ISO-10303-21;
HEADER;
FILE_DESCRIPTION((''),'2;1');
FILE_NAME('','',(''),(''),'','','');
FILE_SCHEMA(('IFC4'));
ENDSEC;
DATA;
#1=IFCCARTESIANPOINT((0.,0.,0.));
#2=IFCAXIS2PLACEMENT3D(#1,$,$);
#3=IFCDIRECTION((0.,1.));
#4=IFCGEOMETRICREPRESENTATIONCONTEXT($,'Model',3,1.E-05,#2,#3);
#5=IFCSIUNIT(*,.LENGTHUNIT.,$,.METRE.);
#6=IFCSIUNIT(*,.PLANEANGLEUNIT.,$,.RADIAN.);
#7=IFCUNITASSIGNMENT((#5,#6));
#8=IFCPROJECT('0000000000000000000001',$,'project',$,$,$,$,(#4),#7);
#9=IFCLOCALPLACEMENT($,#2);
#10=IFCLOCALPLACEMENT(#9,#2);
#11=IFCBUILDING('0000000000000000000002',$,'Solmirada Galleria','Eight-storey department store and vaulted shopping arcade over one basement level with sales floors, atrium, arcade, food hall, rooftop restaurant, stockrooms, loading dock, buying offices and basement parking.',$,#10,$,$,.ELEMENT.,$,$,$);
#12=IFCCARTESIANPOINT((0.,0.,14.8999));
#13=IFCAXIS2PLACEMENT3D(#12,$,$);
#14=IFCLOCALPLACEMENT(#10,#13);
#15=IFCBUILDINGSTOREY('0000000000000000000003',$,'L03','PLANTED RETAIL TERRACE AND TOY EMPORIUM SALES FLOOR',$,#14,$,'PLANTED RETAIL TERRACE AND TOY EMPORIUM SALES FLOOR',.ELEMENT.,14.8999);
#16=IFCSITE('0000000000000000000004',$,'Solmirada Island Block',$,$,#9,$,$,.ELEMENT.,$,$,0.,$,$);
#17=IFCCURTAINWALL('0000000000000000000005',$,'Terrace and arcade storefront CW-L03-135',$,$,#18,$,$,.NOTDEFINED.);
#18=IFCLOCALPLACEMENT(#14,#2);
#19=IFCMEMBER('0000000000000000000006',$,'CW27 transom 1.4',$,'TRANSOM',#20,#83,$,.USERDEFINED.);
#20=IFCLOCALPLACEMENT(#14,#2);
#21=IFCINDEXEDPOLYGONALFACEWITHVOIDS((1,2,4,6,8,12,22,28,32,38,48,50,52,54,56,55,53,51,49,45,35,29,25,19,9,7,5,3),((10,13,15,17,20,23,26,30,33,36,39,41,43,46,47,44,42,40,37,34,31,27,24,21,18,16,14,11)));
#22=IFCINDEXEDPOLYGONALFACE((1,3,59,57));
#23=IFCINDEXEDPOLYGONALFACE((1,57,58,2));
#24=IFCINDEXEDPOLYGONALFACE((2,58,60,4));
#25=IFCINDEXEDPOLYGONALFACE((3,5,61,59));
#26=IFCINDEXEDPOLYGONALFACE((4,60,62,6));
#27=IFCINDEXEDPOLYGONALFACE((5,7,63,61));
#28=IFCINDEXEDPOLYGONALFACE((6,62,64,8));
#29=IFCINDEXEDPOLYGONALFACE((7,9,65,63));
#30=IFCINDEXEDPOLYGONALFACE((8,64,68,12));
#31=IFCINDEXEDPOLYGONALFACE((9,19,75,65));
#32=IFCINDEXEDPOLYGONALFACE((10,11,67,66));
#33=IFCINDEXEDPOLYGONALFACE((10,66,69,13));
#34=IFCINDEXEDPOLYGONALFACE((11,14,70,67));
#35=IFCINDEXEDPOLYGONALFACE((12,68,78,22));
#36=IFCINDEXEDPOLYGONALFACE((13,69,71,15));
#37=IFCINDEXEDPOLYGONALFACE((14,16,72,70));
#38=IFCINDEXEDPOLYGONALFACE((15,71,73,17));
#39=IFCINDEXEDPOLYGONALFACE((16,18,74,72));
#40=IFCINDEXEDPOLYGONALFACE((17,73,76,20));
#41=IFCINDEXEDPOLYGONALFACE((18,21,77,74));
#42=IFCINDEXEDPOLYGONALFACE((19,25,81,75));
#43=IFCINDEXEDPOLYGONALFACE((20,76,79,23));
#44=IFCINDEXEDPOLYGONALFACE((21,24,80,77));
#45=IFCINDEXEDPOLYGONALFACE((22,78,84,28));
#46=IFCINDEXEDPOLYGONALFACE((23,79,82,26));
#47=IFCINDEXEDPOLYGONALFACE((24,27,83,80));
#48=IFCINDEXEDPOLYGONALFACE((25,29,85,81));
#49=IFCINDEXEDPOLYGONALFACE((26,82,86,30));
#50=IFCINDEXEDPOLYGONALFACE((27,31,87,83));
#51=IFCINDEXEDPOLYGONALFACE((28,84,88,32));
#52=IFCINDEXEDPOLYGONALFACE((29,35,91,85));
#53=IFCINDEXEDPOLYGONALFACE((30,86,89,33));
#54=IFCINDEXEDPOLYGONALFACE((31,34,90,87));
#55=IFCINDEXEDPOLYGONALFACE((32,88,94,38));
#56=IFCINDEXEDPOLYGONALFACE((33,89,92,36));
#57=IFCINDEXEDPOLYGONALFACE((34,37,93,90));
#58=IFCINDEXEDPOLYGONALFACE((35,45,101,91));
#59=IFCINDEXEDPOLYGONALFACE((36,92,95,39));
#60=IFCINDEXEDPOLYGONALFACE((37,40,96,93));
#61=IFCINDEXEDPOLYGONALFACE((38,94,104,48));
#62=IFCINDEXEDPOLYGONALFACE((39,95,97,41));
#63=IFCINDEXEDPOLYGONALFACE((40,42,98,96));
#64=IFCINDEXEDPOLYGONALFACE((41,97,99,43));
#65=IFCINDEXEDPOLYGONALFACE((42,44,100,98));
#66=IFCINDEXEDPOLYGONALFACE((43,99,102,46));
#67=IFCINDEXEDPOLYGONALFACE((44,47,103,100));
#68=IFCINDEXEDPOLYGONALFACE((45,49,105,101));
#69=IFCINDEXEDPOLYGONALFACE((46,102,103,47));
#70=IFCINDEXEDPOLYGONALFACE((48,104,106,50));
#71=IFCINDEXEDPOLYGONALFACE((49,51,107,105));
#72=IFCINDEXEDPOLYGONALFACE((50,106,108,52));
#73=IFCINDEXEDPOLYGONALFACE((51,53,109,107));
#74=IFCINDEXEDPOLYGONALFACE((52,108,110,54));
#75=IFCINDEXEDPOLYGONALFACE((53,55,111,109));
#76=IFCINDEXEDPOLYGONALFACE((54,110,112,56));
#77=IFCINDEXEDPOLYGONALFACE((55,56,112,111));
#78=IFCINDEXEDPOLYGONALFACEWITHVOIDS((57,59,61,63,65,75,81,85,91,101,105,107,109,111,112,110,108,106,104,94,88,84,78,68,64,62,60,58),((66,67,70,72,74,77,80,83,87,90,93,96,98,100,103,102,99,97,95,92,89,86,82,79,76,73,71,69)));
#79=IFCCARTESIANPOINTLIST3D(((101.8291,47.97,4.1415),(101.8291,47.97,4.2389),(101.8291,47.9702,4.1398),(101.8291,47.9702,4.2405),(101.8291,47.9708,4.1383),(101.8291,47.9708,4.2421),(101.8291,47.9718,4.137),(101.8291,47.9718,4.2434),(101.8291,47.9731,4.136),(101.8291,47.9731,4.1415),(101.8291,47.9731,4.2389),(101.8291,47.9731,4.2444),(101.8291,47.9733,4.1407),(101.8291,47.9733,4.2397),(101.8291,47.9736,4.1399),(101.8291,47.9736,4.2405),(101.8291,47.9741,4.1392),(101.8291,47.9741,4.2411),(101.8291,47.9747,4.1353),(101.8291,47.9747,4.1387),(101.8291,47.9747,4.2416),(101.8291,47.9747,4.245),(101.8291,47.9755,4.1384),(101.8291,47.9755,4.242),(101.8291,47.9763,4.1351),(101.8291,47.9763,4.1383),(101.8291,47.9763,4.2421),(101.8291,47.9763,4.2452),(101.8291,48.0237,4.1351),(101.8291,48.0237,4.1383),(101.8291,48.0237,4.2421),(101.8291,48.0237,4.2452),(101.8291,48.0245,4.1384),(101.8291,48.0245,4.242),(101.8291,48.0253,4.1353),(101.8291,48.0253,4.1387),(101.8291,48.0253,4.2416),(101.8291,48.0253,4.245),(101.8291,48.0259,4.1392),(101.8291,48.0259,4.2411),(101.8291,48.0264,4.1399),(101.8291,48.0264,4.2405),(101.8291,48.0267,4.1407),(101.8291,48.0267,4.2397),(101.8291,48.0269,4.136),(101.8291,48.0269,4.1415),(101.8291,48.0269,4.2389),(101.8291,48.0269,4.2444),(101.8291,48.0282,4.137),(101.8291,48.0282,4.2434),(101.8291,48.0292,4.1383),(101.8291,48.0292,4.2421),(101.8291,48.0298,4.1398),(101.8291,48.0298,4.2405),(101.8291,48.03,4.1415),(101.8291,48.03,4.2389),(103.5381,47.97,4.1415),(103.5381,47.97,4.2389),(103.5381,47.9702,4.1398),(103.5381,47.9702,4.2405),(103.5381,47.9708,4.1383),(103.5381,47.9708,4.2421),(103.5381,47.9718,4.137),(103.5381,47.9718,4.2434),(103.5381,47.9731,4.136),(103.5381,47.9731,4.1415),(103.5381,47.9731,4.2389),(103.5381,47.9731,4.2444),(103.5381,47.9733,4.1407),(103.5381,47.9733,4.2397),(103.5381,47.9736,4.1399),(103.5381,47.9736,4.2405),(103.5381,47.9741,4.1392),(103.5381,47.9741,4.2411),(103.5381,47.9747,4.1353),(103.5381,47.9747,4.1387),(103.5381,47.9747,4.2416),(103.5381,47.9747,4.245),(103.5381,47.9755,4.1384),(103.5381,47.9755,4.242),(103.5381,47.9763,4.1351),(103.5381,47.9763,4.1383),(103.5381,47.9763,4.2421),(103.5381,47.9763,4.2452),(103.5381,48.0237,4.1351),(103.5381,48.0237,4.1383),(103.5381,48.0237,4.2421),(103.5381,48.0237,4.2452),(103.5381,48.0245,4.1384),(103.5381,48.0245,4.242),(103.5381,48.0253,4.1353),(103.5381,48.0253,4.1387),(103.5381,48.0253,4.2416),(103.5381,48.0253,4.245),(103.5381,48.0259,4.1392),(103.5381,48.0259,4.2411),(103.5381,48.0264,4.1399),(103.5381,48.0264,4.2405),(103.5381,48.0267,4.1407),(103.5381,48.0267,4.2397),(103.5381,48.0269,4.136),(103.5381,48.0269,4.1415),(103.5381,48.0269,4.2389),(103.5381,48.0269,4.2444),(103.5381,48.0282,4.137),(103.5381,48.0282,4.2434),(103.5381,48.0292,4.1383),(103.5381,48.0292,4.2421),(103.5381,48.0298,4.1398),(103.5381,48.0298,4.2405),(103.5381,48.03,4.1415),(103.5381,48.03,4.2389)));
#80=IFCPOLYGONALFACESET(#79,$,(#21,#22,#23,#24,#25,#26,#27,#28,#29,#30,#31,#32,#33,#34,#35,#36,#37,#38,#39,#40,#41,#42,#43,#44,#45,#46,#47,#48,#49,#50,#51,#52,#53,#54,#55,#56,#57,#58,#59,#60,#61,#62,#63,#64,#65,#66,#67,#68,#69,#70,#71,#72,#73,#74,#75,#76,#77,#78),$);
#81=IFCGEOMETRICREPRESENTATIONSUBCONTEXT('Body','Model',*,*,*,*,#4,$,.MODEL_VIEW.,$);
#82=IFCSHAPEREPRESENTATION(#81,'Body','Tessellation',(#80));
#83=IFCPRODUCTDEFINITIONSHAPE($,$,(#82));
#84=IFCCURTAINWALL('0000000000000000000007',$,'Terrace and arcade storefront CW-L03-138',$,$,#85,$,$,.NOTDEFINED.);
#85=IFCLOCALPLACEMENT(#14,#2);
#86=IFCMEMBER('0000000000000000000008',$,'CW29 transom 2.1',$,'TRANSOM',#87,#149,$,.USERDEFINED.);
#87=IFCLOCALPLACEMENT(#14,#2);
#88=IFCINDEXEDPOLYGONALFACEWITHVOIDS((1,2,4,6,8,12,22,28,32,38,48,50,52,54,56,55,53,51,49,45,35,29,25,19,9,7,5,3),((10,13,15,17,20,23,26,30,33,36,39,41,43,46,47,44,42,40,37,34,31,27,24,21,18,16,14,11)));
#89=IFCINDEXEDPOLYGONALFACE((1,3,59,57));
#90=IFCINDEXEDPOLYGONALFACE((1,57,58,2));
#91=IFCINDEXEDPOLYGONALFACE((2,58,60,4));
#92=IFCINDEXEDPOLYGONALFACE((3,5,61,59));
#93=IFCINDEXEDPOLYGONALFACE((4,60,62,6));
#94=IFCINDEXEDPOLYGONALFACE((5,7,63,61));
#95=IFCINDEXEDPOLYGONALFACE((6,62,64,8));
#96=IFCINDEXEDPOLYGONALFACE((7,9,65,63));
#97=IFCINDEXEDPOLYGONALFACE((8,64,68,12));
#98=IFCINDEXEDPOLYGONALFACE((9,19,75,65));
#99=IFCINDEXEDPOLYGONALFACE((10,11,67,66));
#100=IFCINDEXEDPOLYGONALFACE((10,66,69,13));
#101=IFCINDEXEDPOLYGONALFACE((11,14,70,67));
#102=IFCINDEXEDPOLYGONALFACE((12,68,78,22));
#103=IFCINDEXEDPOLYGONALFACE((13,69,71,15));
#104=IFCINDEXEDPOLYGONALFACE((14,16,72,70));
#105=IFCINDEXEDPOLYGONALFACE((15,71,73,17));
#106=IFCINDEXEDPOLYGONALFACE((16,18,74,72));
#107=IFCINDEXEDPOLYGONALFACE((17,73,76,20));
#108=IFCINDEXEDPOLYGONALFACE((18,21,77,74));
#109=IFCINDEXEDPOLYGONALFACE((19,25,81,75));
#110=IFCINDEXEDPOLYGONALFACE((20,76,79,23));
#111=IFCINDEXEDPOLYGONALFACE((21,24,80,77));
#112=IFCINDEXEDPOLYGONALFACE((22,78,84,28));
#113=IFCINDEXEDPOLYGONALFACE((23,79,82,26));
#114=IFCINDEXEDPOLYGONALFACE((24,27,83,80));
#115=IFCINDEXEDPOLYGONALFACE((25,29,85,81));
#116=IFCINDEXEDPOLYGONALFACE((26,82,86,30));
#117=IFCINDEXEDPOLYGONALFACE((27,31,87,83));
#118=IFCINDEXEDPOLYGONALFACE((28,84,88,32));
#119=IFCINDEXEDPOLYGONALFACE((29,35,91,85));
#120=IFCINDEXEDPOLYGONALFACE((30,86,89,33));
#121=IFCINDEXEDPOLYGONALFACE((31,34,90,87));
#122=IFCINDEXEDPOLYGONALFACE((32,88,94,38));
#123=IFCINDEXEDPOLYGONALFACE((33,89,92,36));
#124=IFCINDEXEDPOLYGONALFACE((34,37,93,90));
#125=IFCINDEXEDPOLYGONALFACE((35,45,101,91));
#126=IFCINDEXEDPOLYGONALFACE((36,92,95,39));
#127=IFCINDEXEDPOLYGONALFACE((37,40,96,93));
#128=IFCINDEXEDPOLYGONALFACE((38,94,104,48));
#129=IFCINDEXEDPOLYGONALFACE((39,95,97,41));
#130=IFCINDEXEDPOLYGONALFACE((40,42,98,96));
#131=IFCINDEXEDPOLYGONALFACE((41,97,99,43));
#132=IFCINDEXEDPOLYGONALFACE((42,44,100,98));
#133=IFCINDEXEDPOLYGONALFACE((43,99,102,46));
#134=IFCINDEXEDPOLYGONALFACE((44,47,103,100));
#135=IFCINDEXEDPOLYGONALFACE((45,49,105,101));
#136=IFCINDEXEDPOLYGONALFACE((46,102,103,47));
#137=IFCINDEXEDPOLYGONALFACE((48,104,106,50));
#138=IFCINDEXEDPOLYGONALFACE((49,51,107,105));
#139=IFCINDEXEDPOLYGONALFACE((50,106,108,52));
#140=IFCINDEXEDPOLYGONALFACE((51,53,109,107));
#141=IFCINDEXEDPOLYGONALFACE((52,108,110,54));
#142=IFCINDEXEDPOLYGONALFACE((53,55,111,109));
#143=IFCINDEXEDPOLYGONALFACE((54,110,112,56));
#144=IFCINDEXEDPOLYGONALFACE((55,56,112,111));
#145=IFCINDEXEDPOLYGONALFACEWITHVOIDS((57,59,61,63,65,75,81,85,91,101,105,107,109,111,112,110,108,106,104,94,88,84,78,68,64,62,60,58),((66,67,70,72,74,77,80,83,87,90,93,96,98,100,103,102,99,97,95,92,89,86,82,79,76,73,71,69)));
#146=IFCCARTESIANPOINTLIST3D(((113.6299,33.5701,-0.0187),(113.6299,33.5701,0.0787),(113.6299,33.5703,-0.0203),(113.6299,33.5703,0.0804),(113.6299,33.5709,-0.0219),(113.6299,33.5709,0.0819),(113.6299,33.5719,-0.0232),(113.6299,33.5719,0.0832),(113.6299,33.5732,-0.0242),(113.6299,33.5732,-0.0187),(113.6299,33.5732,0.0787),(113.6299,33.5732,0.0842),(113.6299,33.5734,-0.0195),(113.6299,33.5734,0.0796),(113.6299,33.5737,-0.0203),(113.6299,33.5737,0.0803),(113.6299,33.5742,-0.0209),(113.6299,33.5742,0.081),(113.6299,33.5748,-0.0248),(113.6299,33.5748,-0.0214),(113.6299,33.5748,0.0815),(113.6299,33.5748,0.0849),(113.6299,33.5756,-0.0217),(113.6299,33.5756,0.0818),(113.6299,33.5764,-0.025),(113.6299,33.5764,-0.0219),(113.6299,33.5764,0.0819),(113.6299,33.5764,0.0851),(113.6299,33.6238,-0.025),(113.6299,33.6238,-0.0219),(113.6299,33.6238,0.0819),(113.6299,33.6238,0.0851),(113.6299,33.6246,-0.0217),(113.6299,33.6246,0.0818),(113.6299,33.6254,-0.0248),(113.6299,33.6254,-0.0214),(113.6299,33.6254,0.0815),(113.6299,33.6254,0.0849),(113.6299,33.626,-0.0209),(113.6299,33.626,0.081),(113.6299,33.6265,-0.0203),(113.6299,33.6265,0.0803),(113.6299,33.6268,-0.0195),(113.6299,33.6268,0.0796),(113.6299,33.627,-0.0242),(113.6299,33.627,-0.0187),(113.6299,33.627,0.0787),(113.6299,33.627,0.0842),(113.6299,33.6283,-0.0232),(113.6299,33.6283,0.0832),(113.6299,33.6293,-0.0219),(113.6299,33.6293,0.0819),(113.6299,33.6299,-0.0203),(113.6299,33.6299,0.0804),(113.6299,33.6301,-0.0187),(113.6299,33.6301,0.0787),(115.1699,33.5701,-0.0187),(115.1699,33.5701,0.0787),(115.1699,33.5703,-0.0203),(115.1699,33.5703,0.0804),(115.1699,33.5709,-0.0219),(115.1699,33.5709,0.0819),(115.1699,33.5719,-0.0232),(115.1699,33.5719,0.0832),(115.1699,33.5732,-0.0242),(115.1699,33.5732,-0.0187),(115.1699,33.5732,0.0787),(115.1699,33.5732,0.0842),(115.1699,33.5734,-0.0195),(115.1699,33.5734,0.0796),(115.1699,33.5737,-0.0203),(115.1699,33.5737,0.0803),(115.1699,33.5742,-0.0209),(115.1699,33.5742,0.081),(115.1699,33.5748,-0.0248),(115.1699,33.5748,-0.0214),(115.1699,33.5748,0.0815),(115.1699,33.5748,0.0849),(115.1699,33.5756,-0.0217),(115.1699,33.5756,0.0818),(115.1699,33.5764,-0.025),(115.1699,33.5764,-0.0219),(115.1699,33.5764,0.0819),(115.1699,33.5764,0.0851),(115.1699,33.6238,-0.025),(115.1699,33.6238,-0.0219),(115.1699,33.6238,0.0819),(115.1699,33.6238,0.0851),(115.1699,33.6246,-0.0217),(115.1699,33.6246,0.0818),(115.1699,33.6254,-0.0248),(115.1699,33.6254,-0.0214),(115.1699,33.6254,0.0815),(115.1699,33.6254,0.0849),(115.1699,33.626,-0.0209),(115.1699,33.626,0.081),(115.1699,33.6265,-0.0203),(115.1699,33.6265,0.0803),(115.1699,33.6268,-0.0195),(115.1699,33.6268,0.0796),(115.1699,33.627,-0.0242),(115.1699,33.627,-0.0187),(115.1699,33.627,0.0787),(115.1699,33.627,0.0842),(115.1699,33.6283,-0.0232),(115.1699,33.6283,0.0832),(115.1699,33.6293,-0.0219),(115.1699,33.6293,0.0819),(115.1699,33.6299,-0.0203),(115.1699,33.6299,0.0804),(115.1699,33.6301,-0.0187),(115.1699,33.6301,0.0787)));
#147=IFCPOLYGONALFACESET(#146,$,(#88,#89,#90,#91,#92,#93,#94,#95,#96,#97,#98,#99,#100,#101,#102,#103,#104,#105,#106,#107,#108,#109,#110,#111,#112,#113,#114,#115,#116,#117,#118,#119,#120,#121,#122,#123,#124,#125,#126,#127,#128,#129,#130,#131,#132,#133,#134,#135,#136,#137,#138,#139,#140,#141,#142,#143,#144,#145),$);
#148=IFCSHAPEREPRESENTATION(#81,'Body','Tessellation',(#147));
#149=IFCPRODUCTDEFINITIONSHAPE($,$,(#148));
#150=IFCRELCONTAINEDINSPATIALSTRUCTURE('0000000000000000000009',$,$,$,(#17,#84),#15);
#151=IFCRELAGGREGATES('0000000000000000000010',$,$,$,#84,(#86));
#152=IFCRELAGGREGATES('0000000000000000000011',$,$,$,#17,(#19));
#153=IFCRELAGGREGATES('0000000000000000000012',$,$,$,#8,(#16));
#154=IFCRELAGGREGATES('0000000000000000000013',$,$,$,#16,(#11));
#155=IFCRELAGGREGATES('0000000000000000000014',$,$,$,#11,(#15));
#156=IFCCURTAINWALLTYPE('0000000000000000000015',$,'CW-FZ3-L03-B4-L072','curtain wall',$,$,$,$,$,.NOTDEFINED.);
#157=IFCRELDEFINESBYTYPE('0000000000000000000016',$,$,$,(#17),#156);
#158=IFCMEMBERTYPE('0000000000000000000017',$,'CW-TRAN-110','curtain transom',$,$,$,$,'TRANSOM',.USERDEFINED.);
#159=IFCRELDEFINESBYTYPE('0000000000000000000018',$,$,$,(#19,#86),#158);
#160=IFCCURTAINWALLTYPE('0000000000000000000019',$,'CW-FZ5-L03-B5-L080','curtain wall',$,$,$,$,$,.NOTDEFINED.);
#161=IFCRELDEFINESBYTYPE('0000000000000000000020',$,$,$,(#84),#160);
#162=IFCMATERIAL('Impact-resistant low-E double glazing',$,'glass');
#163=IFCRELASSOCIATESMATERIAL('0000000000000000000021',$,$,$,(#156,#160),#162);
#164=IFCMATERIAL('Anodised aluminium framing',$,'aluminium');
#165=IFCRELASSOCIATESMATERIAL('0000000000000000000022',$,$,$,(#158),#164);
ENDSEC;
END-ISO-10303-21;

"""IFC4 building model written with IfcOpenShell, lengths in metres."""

from ifc_helpers import new_model, si_unit, direction, frame, origin, origin_2d, place, context, subcontext, project, spatial, hollow_rectangle, extrude, material, material_profile, profile_set, type_object, element, aggregate, save


model = new_model("IFC4")

# Units and contexts
model_context = context("Model", 3, precision=1e-05, world=origin(), true_north=direction((0.0, 1.0)))
body_context = subcontext(model_context, "Body", "Model", "MODEL_VIEW")
ifc_project = project(units=[si_unit("LENGTHUNIT", "METRE"), si_unit("PLANEANGLEUNIT", "RADIAN")], contexts=[model_context])

# Site, building, storey
site_placement = place(None, origin())
site = spatial("IfcSite", under=ifc_project, at=site_placement, Name="Solmirada Island Block", CompositionType="ELEMENT", RefElevation=0.0)
building_placement = place(site_placement, origin())
building = spatial("IfcBuilding", under=site, at=building_placement, Name="Solmirada Galleria", Description="Eight-storey department store and vaulted shopping arcade over one basement level with sales floors, atrium, arcade, food hall, rooftop restaurant, stockrooms, loading dock, buying offices and basement parking.", CompositionType="ELEMENT")
storey_placement = place(building_placement, frame((0.0, 0.0, 14.8999)))
storey = spatial("IfcBuildingStorey", under=building, at=storey_placement, Name="L03", Description="PLANTED RETAIL TERRACE AND TOY EMPORIUM SALES FLOOR", LongName="PLANTED RETAIL TERRACE AND TOY EMPORIUM SALES FLOOR", CompositionType="ELEMENT", Elevation=14.8999)

# Shared definitions
ifc_material_1 = material(Name="Impact-resistant low-E double glazing", Category="glass")
curtain_wall_type_1 = type_object("IfcCurtainWallType", Name="CW-FZ3-L03-B4-L072", Description="curtain wall", PredefinedType="NOTDEFINED", material=ifc_material_1)
ifc_material_2 = material(Name="Anodised aluminium framing", Category="aluminium")

# Curtain wall
curtain_wall_1_placement = place(storey_placement, origin())
curtain_wall_1 = element("IfcCurtainWall", 1, at=curtain_wall_1_placement, inside=storey, type_object=curtain_wall_type_1, Name="Terrace and arcade storefront CW-L03-135", PredefinedType="NOTDEFINED")

# Member
ifc_material_profile_1 = material_profile(ifc_material_2, hollow_rectangle(XDim=0.0601, YDim=0.1101, WallThickness=0.0032, InnerFilletRadius=0.0032, OuterFilletRadius=0.0063, at=origin_2d()), Name="ALU-TRAN-110X60")
ifc_profile_set_1 = profile_set([ifc_material_profile_1], Name="Anodised aluminium framing")
member_type_1 = type_object("IfcMemberType", Name="CW-TRAN-110", Description="curtain transom", ElementType="TRANSOM", PredefinedType="USERDEFINED", material=ifc_profile_set_1)
member_1_placement = place(storey_placement, frame((103.5381, 48.0, 4.1902), z_axis=(-1.0, 0.0, 0.0), x_axis=(0.0, -1.0, 0.0)))
member_1 = element("IfcMember", 2, at=member_1_placement, type_object=member_type_1, Name="CW27 transom 1.4", ObjectType="TRANSOM", PredefinedType="USERDEFINED", context=body_context, shape_type="SweptSolid", body=[
    extrude(hollow_rectangle(XDim=0.0601, YDim=0.1101, WallThickness=0.0032, InnerFilletRadius=0.0032, OuterFilletRadius=0.0063, at=origin_2d()), origin(), (0.0, 0.0, 1.0), 1.709),
])

# Curtain wall, member
curtain_wall_type_2 = type_object("IfcCurtainWallType", Name="CW-FZ5-L03-B5-L080", Description="curtain wall", PredefinedType="NOTDEFINED", material=ifc_material_1)
curtain_wall_2_placement = place(storey_placement, origin())
curtain_wall_2 = element("IfcCurtainWall", 3, at=curtain_wall_2_placement, inside=storey, type_object=curtain_wall_type_2, Name="Terrace and arcade storefront CW-L03-138", PredefinedType="NOTDEFINED")
member_2_placement = place(storey_placement, frame((113.6299, 33.6001, 0.03), z_axis=(1.0, 0.0, 0.0), x_axis=(0.0, 1.0, 0.0)))
member_2 = element("IfcMember", 4, at=member_2_placement, type_object=member_type_1, Name="CW29 transom 2.1", ObjectType="TRANSOM", PredefinedType="USERDEFINED", context=body_context, shape_type="SweptSolid", body=[
    extrude(hollow_rectangle(XDim=0.0601, YDim=0.1101, WallThickness=0.0032, InnerFilletRadius=0.0032, OuterFilletRadius=0.0063, at=origin_2d()), origin(), (0.0, 0.0, 1.0), 1.54),
])
aggregate(curtain_wall_2, [member_2])

aggregate(curtain_wall_1, [member_1])

save(model, "model.ifc")
